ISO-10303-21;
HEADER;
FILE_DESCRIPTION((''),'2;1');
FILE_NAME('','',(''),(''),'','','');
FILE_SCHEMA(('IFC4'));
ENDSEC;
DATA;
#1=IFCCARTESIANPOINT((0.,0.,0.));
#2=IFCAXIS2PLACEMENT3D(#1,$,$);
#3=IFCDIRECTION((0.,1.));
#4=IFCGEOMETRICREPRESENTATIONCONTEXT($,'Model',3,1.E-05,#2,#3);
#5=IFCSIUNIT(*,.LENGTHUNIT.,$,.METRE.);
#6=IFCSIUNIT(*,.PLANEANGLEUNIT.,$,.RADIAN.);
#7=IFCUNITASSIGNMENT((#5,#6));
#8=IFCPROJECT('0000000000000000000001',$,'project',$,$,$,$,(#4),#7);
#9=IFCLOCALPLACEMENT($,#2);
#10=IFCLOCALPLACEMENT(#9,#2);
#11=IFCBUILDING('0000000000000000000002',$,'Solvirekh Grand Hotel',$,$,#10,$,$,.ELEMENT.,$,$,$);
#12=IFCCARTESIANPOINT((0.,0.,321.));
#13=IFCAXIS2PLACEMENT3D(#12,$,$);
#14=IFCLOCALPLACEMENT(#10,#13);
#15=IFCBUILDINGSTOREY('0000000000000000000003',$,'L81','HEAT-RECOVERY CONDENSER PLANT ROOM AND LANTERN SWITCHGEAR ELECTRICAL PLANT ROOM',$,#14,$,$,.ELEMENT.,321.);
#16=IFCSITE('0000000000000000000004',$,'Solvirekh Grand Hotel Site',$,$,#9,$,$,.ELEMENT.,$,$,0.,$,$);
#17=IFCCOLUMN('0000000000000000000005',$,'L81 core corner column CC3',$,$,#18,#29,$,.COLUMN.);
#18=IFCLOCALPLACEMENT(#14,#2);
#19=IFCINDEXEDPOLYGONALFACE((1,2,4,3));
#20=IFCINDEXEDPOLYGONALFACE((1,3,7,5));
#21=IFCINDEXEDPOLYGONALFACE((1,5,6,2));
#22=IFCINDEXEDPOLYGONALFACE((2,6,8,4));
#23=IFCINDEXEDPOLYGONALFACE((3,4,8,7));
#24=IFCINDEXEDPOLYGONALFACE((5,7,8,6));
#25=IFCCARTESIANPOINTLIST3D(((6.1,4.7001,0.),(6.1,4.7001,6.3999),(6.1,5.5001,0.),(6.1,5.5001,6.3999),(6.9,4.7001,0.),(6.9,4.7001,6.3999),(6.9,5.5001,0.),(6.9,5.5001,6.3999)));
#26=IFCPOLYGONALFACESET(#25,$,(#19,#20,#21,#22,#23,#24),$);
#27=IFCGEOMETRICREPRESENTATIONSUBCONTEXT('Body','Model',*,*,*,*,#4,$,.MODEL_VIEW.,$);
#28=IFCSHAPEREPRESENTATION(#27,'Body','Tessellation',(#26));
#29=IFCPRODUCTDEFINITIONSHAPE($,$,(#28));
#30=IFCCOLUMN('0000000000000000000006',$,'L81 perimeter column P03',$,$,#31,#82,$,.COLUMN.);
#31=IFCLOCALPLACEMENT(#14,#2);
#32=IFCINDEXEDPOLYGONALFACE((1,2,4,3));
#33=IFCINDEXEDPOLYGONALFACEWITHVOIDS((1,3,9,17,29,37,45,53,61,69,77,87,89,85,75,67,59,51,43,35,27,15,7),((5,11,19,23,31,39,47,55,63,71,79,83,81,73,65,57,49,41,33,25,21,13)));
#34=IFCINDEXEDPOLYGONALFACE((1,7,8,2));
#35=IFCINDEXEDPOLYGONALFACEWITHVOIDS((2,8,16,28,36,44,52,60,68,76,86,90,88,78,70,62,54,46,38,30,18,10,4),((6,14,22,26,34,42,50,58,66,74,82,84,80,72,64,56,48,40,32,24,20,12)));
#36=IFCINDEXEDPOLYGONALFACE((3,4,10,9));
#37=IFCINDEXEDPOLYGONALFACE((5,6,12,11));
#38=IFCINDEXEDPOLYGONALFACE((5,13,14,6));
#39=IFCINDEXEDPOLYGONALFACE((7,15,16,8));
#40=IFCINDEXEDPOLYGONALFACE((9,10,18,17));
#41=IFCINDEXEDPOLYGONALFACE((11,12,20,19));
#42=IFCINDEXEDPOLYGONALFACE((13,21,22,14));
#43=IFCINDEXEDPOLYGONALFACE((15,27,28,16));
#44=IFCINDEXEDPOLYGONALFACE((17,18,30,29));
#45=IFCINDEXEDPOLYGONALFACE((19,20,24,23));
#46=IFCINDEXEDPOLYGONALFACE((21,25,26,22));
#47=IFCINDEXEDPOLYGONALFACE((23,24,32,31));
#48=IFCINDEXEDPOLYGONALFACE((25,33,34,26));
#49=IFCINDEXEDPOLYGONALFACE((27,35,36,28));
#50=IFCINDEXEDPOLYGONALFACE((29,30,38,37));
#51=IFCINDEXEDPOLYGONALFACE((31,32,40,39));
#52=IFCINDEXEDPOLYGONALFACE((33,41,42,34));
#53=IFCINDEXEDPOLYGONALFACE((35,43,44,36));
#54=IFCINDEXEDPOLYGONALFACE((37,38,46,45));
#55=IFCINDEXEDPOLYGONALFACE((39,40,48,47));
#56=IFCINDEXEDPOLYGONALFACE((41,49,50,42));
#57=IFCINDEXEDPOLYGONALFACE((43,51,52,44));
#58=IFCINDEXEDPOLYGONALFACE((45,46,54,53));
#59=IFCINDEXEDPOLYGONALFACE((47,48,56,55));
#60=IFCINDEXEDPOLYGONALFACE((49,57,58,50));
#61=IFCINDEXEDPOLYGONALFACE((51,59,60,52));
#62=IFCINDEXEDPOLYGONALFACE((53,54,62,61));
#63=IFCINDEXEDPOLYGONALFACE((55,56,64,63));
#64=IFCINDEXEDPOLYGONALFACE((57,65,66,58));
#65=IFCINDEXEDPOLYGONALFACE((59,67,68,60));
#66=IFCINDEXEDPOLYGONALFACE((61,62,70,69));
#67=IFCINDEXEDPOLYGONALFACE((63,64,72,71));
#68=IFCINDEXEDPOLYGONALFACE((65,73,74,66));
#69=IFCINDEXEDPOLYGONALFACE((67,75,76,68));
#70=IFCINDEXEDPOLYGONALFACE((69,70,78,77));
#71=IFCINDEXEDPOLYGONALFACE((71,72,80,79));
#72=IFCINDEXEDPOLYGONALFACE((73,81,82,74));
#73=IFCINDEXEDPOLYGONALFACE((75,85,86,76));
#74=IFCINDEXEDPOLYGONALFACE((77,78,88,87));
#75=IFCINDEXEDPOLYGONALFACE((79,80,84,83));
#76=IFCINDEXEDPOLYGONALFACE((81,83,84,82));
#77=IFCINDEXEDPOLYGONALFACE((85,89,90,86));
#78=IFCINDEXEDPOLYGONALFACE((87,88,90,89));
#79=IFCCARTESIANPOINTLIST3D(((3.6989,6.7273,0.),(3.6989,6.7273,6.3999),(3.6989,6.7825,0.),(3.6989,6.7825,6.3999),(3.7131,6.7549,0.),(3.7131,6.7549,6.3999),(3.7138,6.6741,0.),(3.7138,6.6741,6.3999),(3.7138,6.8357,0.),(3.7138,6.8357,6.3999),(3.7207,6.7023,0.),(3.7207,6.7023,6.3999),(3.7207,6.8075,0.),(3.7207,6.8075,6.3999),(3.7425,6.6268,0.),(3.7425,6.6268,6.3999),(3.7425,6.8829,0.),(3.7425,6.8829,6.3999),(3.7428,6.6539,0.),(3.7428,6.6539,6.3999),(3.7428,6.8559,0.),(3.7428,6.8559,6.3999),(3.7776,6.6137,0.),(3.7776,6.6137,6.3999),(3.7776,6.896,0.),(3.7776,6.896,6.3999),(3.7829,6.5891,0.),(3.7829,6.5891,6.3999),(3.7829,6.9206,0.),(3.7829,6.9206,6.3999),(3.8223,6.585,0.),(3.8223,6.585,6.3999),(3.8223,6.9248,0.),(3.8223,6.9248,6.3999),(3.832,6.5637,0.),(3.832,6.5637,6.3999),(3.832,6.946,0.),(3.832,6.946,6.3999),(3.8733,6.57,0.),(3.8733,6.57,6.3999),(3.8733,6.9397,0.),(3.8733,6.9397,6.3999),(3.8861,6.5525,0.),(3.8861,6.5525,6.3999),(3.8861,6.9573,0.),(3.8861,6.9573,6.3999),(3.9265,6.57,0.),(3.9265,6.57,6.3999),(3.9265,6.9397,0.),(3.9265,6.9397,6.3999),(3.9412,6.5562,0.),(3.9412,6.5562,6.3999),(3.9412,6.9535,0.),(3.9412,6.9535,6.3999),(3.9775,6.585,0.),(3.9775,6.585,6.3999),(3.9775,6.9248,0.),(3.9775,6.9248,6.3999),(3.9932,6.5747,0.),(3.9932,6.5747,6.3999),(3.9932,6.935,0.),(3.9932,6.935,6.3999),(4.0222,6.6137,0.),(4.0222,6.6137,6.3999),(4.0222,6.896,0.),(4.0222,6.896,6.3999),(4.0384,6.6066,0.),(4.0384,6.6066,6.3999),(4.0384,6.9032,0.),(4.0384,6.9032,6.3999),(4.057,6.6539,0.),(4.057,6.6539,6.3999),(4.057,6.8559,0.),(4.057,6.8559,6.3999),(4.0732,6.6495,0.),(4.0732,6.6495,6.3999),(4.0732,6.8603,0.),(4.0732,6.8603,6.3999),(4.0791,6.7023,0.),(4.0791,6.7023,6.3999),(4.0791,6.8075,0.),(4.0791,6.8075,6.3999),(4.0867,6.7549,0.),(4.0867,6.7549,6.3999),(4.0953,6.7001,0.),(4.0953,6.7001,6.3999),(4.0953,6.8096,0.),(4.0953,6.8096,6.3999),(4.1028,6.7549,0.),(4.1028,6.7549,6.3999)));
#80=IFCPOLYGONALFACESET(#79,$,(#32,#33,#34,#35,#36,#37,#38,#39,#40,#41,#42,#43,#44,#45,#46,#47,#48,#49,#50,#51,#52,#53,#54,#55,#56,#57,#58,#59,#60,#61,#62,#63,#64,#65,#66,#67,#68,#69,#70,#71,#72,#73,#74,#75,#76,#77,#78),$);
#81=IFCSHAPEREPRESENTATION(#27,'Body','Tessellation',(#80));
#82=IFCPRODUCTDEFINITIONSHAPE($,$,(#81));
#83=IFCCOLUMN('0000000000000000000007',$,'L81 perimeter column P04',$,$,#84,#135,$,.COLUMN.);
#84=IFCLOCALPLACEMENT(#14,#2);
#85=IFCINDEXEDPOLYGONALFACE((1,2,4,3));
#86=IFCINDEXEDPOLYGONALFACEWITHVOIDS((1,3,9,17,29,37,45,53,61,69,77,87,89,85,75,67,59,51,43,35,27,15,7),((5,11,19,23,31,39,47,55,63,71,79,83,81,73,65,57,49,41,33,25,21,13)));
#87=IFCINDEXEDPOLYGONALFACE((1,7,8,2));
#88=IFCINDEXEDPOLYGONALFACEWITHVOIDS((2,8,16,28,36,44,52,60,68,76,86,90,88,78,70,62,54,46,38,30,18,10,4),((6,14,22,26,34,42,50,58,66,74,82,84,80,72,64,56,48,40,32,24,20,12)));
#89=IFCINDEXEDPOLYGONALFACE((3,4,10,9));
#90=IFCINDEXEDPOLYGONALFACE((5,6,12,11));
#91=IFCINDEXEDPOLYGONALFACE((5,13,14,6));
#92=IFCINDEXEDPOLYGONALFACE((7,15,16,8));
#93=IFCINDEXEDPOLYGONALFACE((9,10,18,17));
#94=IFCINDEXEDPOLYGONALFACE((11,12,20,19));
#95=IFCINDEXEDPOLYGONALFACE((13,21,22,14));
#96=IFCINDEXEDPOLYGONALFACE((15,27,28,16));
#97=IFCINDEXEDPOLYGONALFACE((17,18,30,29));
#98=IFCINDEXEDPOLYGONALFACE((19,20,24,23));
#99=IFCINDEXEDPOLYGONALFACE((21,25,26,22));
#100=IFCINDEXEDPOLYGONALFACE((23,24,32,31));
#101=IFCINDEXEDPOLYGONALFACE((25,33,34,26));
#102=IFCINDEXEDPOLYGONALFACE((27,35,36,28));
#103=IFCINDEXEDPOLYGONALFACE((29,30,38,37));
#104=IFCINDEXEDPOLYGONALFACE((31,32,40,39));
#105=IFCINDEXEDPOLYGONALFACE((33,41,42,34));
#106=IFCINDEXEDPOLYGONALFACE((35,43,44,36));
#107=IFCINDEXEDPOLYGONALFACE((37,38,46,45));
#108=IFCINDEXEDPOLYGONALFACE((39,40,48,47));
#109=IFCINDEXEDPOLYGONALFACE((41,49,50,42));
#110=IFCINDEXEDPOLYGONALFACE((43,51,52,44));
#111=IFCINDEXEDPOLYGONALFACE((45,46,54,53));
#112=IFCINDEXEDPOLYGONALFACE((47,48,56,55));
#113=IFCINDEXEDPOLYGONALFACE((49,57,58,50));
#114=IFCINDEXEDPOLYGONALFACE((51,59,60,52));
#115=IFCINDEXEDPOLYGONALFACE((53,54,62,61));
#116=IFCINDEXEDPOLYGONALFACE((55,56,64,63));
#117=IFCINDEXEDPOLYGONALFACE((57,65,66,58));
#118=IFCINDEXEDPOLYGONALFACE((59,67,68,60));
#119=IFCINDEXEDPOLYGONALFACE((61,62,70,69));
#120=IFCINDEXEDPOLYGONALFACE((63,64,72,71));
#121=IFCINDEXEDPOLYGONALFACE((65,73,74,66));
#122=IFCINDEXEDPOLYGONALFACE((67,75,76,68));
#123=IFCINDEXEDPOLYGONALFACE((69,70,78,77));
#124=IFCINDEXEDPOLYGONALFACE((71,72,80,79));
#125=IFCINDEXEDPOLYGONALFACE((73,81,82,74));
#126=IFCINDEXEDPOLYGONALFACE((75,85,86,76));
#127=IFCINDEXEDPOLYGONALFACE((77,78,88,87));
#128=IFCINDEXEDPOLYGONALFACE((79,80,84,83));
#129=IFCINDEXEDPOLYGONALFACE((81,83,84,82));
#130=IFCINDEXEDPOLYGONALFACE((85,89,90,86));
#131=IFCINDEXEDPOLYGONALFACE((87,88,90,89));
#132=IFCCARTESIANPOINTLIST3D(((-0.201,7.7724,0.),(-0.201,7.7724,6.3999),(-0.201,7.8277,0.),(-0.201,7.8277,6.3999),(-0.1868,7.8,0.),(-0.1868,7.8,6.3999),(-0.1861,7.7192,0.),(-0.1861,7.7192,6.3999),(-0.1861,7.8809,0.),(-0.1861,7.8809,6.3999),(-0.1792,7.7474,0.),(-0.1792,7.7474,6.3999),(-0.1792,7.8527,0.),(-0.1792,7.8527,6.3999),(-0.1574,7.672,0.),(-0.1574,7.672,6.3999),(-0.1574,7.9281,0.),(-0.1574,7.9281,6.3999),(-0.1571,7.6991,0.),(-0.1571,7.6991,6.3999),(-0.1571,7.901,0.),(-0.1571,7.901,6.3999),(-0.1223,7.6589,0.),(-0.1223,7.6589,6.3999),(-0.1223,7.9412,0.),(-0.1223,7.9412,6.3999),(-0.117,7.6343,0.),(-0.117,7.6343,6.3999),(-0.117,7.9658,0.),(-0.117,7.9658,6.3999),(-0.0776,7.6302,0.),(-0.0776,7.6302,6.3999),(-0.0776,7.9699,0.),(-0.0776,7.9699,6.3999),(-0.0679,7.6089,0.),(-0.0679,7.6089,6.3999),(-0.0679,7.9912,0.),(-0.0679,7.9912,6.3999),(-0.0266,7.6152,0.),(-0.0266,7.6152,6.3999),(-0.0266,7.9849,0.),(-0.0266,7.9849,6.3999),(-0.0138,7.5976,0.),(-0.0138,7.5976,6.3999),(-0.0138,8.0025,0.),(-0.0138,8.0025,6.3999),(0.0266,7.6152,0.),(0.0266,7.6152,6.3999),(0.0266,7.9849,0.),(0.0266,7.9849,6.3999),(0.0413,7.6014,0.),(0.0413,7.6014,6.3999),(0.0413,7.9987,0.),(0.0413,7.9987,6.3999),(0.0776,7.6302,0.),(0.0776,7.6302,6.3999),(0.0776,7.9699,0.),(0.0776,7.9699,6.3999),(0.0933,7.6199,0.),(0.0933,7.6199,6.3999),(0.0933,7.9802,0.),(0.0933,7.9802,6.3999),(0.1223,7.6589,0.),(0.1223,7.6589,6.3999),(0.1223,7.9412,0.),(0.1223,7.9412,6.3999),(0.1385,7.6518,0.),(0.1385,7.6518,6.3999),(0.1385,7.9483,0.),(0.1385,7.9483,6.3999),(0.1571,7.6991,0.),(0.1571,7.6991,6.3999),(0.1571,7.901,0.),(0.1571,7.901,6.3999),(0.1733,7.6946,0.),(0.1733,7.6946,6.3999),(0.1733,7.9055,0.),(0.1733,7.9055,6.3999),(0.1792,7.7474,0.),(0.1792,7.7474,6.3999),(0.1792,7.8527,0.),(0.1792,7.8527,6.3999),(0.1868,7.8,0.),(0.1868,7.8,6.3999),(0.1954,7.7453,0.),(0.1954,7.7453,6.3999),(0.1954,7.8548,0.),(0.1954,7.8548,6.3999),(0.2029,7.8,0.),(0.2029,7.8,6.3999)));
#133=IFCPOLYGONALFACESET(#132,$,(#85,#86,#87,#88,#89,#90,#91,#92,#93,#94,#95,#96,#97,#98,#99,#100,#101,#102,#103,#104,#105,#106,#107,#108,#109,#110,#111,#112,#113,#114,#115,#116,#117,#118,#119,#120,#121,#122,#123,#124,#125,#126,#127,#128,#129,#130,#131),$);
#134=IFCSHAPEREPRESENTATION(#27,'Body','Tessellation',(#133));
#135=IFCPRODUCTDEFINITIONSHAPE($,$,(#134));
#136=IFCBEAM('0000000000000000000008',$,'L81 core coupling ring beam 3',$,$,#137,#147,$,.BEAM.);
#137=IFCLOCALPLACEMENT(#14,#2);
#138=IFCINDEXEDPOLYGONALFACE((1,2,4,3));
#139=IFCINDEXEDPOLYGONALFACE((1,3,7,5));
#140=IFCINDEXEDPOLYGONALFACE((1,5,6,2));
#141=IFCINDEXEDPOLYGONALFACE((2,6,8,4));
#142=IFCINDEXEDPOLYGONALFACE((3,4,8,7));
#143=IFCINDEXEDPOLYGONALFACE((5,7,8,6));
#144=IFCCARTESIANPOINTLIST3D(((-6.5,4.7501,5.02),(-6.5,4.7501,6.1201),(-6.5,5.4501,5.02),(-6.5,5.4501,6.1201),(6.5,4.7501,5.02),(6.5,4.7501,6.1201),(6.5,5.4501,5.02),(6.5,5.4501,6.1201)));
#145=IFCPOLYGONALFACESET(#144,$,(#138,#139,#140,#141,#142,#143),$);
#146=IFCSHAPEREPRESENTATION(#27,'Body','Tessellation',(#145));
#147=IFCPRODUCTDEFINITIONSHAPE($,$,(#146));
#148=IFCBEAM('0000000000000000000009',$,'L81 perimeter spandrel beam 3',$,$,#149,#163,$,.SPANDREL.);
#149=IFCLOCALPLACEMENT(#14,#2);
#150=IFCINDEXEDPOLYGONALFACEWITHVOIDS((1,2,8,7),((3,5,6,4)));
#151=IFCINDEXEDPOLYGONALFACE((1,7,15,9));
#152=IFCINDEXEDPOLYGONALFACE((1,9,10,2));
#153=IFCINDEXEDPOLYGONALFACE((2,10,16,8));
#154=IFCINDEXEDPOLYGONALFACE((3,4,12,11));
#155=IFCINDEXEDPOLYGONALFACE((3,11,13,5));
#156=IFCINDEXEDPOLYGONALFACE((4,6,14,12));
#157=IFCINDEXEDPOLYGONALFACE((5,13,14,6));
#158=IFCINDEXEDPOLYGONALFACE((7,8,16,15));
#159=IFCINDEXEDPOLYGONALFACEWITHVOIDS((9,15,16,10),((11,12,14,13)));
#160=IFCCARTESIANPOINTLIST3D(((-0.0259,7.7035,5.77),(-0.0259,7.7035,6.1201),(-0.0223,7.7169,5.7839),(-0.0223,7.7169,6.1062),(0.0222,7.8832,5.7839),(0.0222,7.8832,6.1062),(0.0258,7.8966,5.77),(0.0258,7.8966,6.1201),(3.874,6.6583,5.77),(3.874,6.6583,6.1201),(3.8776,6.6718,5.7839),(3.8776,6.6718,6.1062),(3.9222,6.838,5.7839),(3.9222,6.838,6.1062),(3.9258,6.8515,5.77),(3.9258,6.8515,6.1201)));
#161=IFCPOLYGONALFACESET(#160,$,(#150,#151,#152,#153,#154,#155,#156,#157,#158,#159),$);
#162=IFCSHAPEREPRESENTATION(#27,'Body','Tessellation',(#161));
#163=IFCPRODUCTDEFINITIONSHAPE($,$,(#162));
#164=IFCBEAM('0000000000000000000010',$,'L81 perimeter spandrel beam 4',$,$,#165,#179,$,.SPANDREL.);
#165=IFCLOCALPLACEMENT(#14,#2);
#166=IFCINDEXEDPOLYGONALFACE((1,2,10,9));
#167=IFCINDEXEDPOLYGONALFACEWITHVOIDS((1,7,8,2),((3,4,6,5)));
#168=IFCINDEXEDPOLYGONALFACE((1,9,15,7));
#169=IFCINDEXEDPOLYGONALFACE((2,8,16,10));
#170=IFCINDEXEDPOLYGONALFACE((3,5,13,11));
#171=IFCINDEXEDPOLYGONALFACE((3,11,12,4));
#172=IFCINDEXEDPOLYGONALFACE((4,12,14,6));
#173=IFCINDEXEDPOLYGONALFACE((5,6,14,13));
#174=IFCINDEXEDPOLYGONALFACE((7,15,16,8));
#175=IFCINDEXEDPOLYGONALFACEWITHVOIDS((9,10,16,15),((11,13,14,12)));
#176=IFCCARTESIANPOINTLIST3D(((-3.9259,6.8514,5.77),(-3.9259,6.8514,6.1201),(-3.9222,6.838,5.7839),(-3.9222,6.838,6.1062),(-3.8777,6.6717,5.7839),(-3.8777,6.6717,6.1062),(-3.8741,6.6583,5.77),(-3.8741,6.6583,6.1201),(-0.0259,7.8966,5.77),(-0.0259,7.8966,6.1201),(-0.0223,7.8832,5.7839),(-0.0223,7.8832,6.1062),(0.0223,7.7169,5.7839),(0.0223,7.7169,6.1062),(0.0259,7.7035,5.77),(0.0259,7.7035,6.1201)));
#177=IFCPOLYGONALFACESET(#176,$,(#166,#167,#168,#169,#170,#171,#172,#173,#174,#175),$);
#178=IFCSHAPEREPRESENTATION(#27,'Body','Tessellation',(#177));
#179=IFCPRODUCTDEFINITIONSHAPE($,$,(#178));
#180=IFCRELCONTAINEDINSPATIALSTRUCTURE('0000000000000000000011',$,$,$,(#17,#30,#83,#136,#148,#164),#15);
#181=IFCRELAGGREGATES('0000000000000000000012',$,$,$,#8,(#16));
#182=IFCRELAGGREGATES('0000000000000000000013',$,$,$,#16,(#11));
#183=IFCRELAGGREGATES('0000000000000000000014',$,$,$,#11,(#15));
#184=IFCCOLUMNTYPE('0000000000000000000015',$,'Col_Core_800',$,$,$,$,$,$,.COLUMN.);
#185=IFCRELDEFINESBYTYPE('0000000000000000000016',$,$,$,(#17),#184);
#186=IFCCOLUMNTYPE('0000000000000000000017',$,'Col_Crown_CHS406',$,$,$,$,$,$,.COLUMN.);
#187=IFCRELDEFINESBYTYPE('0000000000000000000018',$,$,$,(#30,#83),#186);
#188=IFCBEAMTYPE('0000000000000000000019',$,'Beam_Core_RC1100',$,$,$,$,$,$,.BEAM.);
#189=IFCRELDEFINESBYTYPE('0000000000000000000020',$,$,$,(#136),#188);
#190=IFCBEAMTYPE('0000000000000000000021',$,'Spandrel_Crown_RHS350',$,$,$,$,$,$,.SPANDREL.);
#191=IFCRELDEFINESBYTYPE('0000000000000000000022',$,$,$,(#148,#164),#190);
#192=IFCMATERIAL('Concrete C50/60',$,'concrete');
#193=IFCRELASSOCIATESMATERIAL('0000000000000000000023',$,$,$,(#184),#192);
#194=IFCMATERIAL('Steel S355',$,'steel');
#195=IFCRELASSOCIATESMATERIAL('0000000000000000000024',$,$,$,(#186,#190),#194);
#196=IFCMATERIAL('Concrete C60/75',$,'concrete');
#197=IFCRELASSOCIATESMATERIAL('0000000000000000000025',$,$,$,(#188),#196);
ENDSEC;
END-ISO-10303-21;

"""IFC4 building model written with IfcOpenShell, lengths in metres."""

from ifc_helpers import new_model, si_unit, direction, frame, origin, origin_2d, place, context, subcontext, project, spatial, rectangle, hollow_rectangle, hollow_circle, extrude, material, material_profile, profile_set, type_object, element, save


model = new_model("IFC4")

# Units and contexts
model_context = context("Model", 3, precision=1e-05, world=origin(), true_north=direction((0.0, 1.0)))
body_context = subcontext(model_context, "Body", "Model", "MODEL_VIEW")
ifc_project = project(units=[si_unit("LENGTHUNIT", "METRE"), si_unit("PLANEANGLEUNIT", "RADIAN")], contexts=[model_context])

# Site, building, storey
site_placement = place(None, origin())
site = spatial("IfcSite", under=ifc_project, at=site_placement, Name="Solvirekh Grand Hotel Site", CompositionType="ELEMENT", RefElevation=0.0)
building_placement = place(site_placement, origin())
building = spatial("IfcBuilding", under=site, at=building_placement, Name="Solvirekh Grand Hotel", CompositionType="ELEMENT")
storey_placement = place(building_placement, frame((0.0, 0.0, 321.0)))
storey = spatial("IfcBuildingStorey", under=building, at=storey_placement, Name="L81", Description="HEAT-RECOVERY CONDENSER PLANT ROOM AND LANTERN SWITCHGEAR ELECTRICAL PLANT ROOM", CompositionType="ELEMENT", Elevation=321.0)

# Columns
ifc_material_1 = material(Name="Concrete C50/60", Category="concrete")
ifc_material_profile_1 = material_profile(ifc_material_1, rectangle(XDim=0.8, YDim=0.8, at=origin_2d()), Name="RC 800X800")
ifc_profile_set_1 = profile_set([ifc_material_profile_1], Name="Concrete C50/60")
column_type_1 = type_object("IfcColumnType", Name="Col_Core_800", PredefinedType="COLUMN", material=ifc_profile_set_1)
column_placement = place(storey_placement, frame((6.5, 5.1001, 0.0), z_axis=(0.0, 0.0, 1.0), x_axis=(1.0, 0.0, 0.0)))
element("IfcColumn", 1, at=column_placement, inside=storey, type_object=column_type_1, Name="L81 core corner column CC3", PredefinedType="COLUMN", context=body_context, shape_type="SweptSolid", body=[
    extrude(rectangle(XDim=0.8, YDim=0.8, at=origin_2d()), origin(), (0.0, 0.0, 1.0), 6.3999),
])
ifc_material_2 = material(Name="Steel S355", Category="steel")
ifc_material_profile_2 = material_profile(ifc_material_2, hollow_circle(Radius=0.2029, WallThickness=0.0161, at=origin_2d()), Name="CHS 406X16")
ifc_profile_set_2 = profile_set([ifc_material_profile_2], Name="Steel S355")
column_type_2 = type_object("IfcColumnType", Name="Col_Crown_CHS406", PredefinedType="COLUMN", material=ifc_profile_set_2)
for number, where, z_axis, x_axis, name in (
    (2, (3.8999, 6.7549, 0.0), (0.0, 0.0, 1.0), (1.0, 0.0, 0.0), "L81 perimeter column P03"),
    (3, (0.0, 7.8, 0.0), (0.0, 0.0, 1.0), (1.0, 0.0, 0.0), "L81 perimeter column P04"),
):
    element("IfcColumn", number, at=place(storey_placement, frame(where, z_axis=z_axis, x_axis=x_axis)), inside=storey, type_object=column_type_2, Name=name, PredefinedType="COLUMN", context=body_context, shape_type="SweptSolid", body=[
        extrude(hollow_circle(Radius=0.2029, WallThickness=0.0161, at=origin_2d()), origin(), (0.0, 0.0, 1.0), 6.3999),
    ])

# Beams
ifc_material_3 = material(Name="Concrete C60/75", Category="concrete")
ifc_material_profile_3 = material_profile(ifc_material_3, rectangle(XDim=0.7, YDim=1.1001, at=origin_2d()), Name="RC BEAM 700X1100")
ifc_profile_set_3 = profile_set([ifc_material_profile_3], Name="Concrete C60/75")
beam_type_1 = type_object("IfcBeamType", Name="Beam_Core_RC1100", PredefinedType="BEAM", material=ifc_profile_set_3)
beam_placement = place(storey_placement, frame((6.5, 5.1001, 5.5701), z_axis=(-1.0, 0.0, 0.0), x_axis=(0.0, -1.0, 0.0)))
element("IfcBeam", 4, at=beam_placement, inside=storey, type_object=beam_type_1, Name="L81 core coupling ring beam 3", PredefinedType="BEAM", context=body_context, shape_type="SweptSolid", body=[
    extrude(rectangle(XDim=0.7, YDim=1.1001, at=origin_2d()), origin(), (0.0, 0.0, 1.0), 13.0),
])
ifc_material_profile_4 = material_profile(ifc_material_2, hollow_rectangle(XDim=0.2, YDim=0.3501, WallThickness=0.0139, at=origin_2d()), Name="RHS 350X200X14")
ifc_profile_set_4 = profile_set([ifc_material_profile_4], Name="Steel S355")
beam_type_2 = type_object("IfcBeamType", Name="Spandrel_Crown_RHS350", PredefinedType="SPANDREL", material=ifc_profile_set_4)
for number, where, z_axis, x_axis, name in (
    (5, (3.8999, 6.7549, 5.9451), (-0.965914, 0.258863, 0.0), (-0.258863, -0.965914, 0.0), "L81 perimeter spandrel beam 3"),
    (6, (0.0, 7.8, 5.9451), (-0.965914, -0.258863, 0.0), (0.258863, -0.965914, 0.0), "L81 perimeter spandrel beam 4"),
):
    element("IfcBeam", number, at=place(storey_placement, frame(where, z_axis=z_axis, x_axis=x_axis)), inside=storey, type_object=beam_type_2, Name=name, PredefinedType="SPANDREL", context=body_context, shape_type="SweptSolid", body=[
        extrude(hollow_rectangle(XDim=0.2, YDim=0.3501, WallThickness=0.0139, at=origin_2d()), origin(), (0.0, 0.0, 1.0), 4.0376),
    ])

save(model, "model.ifc")
